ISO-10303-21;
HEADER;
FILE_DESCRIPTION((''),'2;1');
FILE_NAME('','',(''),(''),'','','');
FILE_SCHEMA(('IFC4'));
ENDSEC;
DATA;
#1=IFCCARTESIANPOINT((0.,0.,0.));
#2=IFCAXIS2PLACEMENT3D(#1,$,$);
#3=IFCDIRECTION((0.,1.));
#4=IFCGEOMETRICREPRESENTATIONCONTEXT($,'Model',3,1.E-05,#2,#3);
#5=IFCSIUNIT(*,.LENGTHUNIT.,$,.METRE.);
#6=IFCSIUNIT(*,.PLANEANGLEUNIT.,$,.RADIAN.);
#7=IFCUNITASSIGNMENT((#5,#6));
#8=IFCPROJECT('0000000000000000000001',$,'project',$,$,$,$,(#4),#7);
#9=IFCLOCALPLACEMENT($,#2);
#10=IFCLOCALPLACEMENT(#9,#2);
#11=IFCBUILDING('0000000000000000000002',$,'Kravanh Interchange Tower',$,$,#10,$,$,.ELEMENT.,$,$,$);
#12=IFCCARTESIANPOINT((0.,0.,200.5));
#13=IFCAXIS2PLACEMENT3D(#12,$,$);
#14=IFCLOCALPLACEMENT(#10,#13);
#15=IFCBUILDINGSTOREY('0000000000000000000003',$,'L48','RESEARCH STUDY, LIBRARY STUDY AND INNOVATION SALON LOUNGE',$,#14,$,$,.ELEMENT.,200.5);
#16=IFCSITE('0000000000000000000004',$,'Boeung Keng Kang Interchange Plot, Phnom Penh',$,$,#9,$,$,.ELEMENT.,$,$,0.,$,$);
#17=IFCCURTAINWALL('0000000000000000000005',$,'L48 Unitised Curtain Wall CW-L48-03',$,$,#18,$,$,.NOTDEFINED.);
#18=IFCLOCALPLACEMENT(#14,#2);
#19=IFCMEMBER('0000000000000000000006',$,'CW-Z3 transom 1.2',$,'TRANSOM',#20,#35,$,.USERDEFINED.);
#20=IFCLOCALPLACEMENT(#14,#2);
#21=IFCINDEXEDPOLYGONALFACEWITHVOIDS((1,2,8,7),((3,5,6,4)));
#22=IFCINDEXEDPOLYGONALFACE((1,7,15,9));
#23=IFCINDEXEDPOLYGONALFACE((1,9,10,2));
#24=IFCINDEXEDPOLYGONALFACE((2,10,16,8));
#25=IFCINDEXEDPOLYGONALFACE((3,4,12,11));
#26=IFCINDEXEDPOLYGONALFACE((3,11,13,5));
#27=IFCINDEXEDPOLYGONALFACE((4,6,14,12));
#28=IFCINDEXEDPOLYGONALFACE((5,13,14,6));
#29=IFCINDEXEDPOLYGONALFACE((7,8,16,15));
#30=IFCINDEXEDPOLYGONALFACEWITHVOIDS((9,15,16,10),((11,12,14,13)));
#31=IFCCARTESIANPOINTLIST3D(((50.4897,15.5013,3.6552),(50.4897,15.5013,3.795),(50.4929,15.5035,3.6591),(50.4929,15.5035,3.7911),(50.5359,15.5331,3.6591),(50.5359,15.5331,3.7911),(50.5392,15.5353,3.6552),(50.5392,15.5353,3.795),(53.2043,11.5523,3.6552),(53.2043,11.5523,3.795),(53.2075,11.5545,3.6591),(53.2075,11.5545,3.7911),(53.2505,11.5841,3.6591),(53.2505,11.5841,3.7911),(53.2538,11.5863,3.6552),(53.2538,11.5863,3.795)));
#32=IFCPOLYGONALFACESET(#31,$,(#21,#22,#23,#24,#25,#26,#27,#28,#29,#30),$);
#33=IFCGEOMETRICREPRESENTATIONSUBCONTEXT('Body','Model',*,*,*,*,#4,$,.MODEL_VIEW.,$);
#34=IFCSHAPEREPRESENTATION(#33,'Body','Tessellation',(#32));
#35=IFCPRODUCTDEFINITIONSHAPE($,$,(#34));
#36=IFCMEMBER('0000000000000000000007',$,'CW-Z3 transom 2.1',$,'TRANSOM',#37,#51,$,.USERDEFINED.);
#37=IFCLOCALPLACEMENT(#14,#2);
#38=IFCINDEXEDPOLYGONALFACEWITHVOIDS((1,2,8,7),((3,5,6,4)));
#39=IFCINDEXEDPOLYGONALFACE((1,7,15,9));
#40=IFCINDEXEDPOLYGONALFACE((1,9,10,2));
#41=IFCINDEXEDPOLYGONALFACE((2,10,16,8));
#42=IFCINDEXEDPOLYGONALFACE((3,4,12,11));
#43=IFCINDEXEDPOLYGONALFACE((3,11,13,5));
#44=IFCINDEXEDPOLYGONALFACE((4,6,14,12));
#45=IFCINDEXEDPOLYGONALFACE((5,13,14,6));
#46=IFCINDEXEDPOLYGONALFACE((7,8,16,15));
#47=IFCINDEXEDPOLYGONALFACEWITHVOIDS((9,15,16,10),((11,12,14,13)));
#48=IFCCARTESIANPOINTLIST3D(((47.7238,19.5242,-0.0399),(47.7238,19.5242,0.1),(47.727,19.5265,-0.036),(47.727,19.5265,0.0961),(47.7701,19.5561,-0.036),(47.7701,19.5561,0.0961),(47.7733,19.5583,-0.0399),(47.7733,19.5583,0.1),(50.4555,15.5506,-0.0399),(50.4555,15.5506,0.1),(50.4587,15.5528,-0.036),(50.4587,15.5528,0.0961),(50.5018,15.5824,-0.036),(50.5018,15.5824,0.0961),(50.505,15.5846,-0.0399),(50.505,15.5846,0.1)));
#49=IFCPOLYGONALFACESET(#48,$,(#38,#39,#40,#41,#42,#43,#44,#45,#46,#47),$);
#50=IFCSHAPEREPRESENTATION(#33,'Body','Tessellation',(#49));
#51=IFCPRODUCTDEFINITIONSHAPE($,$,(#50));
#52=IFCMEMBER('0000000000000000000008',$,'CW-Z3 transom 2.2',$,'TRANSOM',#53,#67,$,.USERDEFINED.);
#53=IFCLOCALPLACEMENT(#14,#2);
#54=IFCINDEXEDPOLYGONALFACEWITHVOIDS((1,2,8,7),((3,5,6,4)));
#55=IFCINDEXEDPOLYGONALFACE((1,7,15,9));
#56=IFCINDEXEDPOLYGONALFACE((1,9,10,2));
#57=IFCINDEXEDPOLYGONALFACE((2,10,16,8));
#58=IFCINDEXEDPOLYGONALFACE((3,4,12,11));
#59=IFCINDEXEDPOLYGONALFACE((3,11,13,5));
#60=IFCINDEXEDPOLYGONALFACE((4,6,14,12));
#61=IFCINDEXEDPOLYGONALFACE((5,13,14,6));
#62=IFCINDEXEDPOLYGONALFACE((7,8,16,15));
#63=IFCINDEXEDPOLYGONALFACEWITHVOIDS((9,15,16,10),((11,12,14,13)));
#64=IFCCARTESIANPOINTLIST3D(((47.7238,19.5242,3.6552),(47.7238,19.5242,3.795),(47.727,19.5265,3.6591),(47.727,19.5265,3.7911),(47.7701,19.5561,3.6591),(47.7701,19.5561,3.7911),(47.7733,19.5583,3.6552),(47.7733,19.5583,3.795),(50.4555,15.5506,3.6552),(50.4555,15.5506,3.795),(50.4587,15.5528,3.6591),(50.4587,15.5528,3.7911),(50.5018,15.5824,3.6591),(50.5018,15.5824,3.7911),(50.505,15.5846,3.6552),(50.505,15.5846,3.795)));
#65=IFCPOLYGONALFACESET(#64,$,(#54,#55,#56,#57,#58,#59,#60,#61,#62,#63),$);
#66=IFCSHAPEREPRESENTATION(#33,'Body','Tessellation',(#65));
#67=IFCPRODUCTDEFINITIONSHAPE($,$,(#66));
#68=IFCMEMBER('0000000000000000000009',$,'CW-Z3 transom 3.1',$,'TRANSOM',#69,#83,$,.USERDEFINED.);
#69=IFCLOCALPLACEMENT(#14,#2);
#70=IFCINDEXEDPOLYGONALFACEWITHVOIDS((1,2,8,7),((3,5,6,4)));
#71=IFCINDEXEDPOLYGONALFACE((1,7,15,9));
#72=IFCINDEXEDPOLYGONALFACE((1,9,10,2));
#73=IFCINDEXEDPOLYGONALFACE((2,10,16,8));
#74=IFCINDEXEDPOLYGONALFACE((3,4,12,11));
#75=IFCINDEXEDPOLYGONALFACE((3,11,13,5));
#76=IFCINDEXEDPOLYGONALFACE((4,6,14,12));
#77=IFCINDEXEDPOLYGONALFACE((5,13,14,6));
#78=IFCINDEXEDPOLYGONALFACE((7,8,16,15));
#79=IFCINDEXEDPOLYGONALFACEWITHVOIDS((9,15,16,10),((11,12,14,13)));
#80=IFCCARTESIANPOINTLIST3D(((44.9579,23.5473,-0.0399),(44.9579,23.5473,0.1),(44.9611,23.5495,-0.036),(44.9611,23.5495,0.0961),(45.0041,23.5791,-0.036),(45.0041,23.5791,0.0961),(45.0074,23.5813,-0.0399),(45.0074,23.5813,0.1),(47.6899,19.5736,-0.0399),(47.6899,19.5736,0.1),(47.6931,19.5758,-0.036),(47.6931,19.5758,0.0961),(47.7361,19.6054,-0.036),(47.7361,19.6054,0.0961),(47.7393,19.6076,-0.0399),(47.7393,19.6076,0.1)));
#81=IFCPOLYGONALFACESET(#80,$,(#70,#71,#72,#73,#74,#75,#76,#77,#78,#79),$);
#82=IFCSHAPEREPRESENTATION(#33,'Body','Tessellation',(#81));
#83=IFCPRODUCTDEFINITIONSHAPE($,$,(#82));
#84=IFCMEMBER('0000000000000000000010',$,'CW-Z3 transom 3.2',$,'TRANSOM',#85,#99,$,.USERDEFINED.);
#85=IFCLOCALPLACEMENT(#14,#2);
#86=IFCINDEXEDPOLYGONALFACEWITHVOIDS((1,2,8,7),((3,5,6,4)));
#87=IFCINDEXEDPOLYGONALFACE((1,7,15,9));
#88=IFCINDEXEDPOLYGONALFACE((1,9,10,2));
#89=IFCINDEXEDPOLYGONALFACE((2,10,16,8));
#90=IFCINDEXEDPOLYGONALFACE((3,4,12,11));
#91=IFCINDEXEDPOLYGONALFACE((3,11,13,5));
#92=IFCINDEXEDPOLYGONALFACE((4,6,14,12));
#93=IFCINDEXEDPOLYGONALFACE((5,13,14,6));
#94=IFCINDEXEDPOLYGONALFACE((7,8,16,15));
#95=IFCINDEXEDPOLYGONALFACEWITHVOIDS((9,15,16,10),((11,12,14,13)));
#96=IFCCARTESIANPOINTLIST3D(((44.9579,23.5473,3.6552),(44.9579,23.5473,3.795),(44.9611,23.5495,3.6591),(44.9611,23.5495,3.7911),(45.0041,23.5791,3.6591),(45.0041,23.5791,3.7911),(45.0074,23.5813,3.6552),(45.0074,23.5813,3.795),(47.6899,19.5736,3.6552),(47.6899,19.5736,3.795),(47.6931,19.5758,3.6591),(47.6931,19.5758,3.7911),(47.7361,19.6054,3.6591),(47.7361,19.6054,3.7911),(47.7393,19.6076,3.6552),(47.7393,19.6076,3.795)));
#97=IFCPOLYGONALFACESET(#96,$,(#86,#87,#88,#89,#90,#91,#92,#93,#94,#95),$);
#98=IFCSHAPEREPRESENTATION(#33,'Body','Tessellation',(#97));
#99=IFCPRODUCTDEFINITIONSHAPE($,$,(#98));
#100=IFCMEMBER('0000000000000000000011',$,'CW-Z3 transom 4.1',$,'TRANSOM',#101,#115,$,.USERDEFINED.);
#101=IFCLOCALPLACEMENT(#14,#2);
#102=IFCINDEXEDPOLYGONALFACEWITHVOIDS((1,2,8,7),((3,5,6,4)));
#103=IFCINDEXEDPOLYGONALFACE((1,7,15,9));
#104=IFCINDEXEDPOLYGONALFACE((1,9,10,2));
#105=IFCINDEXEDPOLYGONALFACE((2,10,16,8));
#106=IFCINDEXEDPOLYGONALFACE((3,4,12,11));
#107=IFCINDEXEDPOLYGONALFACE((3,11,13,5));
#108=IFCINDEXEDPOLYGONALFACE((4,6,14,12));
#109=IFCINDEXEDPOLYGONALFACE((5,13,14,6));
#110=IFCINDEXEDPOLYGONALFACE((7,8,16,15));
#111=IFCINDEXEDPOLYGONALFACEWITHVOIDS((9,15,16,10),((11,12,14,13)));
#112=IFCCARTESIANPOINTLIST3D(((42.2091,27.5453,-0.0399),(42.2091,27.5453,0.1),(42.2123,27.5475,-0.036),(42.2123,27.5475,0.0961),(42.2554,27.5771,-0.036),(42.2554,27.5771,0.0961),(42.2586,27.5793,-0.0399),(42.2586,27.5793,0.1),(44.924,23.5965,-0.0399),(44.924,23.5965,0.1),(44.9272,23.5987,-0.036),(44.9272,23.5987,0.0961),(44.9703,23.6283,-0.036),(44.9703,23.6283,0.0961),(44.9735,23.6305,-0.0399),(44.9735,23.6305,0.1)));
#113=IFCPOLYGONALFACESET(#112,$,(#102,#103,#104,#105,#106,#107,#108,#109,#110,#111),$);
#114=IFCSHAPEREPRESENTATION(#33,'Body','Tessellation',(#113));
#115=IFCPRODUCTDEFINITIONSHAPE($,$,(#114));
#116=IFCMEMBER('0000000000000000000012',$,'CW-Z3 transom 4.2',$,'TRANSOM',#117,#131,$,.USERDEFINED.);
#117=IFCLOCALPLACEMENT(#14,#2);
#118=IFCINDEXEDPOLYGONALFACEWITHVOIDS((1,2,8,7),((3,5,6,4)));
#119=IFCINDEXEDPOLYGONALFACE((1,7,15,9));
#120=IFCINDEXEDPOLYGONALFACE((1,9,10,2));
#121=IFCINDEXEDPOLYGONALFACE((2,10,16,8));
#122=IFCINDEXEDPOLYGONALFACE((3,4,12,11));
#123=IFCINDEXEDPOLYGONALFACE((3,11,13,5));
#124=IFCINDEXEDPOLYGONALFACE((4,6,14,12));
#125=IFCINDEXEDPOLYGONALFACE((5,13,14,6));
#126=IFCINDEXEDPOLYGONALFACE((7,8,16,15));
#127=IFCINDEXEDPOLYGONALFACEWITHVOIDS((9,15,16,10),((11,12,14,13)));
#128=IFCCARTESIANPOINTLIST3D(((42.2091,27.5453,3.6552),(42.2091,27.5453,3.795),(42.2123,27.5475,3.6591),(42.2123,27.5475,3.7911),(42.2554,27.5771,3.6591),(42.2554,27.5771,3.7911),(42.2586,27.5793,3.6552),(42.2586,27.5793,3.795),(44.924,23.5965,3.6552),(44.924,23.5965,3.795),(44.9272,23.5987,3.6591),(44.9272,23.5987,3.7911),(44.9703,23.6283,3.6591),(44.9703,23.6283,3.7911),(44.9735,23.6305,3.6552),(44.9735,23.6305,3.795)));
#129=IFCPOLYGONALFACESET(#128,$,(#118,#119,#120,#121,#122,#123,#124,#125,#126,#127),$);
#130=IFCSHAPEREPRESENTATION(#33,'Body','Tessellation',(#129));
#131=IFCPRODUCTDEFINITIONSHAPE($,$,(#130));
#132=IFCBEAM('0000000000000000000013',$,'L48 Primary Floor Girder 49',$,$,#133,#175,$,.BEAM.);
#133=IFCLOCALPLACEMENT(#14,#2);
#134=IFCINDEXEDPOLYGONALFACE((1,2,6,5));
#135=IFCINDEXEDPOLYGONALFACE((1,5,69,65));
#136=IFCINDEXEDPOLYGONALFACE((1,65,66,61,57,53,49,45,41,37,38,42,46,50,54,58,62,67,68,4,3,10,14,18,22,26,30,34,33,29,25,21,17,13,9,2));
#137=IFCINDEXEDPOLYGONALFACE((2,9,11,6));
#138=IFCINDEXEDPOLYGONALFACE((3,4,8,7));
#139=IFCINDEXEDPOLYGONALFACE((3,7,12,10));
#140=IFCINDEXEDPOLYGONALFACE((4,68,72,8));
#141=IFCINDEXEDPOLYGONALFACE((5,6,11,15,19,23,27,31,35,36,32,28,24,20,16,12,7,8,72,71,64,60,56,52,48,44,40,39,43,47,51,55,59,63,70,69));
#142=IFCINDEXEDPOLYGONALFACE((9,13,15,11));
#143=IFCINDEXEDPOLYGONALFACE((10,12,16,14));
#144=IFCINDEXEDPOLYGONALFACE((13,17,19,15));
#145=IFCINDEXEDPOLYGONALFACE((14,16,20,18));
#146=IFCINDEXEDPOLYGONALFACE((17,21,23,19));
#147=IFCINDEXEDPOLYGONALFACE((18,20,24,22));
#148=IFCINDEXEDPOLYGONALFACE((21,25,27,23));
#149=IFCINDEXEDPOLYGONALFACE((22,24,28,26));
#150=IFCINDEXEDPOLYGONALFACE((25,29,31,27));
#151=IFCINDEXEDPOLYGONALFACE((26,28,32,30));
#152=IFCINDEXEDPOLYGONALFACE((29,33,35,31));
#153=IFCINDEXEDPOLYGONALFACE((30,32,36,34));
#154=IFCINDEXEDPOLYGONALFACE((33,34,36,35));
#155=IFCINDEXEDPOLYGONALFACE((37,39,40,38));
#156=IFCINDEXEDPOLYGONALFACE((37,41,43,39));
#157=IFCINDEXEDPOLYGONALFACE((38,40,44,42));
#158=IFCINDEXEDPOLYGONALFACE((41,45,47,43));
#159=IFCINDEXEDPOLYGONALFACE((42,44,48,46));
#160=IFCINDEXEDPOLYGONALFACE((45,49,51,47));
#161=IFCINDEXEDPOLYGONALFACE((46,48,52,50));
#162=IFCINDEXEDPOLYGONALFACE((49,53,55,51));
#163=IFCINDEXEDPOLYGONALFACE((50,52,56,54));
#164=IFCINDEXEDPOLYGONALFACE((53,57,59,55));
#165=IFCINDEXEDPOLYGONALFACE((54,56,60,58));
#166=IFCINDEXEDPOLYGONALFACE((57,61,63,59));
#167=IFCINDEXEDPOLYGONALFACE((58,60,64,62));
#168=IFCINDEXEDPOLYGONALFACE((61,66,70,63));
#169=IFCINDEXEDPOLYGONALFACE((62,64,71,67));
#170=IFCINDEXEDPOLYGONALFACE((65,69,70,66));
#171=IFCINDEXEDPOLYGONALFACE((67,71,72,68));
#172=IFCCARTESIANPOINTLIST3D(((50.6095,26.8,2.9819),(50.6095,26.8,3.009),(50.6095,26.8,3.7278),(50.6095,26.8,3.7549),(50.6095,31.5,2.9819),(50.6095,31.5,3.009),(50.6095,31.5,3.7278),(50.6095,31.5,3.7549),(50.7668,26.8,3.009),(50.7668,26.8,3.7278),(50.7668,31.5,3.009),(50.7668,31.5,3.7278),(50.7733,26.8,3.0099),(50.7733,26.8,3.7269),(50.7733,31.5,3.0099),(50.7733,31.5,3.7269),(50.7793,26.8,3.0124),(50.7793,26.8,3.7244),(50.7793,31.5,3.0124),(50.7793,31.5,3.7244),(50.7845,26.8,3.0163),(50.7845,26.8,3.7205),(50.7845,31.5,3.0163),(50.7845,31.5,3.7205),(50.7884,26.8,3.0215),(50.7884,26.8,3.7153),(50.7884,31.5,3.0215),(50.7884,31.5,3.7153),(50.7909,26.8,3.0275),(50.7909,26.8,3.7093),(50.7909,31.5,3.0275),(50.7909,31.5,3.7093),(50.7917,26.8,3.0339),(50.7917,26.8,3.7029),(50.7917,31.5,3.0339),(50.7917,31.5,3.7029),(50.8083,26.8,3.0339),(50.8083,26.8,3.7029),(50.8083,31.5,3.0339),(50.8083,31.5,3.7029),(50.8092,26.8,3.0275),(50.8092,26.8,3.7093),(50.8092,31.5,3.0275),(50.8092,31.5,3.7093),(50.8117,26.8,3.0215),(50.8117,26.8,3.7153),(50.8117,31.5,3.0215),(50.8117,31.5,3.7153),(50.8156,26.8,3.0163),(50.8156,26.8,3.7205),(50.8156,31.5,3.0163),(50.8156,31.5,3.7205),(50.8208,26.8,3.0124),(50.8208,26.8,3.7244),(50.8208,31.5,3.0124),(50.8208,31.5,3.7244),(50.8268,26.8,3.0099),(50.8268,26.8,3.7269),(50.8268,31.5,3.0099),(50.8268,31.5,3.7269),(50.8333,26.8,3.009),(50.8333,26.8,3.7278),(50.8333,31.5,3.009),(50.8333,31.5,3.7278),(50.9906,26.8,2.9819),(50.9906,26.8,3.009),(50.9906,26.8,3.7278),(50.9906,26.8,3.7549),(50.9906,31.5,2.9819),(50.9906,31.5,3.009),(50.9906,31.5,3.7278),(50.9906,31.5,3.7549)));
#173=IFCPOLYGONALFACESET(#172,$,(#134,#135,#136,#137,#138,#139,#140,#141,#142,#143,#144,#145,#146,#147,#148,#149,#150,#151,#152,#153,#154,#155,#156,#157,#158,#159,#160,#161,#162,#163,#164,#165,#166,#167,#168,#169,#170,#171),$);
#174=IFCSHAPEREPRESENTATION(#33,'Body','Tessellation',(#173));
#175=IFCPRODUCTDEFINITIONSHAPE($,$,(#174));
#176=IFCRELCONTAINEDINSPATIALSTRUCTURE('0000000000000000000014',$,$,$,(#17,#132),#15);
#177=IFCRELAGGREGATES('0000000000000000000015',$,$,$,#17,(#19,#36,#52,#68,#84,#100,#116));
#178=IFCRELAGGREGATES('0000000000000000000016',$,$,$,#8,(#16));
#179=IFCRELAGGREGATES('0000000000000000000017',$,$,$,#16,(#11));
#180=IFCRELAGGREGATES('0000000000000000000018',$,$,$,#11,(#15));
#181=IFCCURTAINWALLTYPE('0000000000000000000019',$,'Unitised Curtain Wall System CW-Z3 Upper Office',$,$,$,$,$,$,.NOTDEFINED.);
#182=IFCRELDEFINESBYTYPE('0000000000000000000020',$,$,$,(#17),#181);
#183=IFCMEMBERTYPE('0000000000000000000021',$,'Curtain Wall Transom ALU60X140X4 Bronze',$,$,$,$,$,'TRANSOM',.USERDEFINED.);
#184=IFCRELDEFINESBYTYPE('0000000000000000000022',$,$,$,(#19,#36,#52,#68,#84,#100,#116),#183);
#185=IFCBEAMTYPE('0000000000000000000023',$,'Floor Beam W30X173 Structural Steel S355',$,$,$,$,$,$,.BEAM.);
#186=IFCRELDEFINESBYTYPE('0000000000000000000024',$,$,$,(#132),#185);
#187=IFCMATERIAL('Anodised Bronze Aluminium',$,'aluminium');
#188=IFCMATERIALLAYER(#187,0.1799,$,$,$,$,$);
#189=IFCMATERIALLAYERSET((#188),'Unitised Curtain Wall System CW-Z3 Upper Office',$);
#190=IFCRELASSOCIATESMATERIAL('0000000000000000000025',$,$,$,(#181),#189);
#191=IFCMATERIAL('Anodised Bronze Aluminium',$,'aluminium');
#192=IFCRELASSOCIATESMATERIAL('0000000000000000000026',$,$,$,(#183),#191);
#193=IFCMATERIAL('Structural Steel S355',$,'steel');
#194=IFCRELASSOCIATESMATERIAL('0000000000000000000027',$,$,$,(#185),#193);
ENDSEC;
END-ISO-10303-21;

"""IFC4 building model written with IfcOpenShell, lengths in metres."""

from ifc_helpers import new_model, si_unit, direction, frame, origin, origin_2d, place, context, subcontext, project, spatial, hollow_rectangle, i_section, extrude, material, layer, layer_set, material_profile, profile_set, type_object, element, aggregate, save


model = new_model("IFC4")

# Units and contexts
model_context = context("Model", 3, precision=1e-05, world=origin(), true_north=direction((0.0, 1.0)))
body_context = subcontext(model_context, "Body", "Model", "MODEL_VIEW")
ifc_project = project(units=[si_unit("LENGTHUNIT", "METRE"), si_unit("PLANEANGLEUNIT", "RADIAN")], contexts=[model_context])

# Site, building, storey
site_placement = place(None, origin())
site = spatial("IfcSite", under=ifc_project, at=site_placement, Name="Boeung Keng Kang Interchange Plot, Phnom Penh", CompositionType="ELEMENT", RefElevation=0.0)
building_placement = place(site_placement, origin())
building = spatial("IfcBuilding", under=site, at=building_placement, Name="Kravanh Interchange Tower", CompositionType="ELEMENT")
storey_placement = place(building_placement, frame((0.0, 0.0, 200.5)))
storey = spatial("IfcBuildingStorey", under=building, at=storey_placement, Name="L48", Description="RESEARCH STUDY, LIBRARY STUDY AND INNOVATION SALON LOUNGE", CompositionType="ELEMENT", Elevation=200.5)

# Shared definitions
ifc_material_1 = material(Name="Anodised Bronze Aluminium", Category="aluminium")
ifc_layer_1 = layer(ifc_material_1, 0.1799)
ifc_layer_set_1 = layer_set([ifc_layer_1], Name="Unitised Curtain Wall System CW-Z3 Upper Office")
curtain_wall_type = type_object("IfcCurtainWallType", Name="Unitised Curtain Wall System CW-Z3 Upper Office", PredefinedType="NOTDEFINED", material=ifc_layer_set_1)

# Curtain wall
curtain_wall_1_placement = place(storey_placement, origin())
curtain_wall_1 = element("IfcCurtainWall", 1, at=curtain_wall_1_placement, inside=storey, type_object=curtain_wall_type, Name="L48 Unitised Curtain Wall CW-L48-03", PredefinedType="NOTDEFINED")

# Members
ifc_material_2 = material(Name="Anodised Bronze Aluminium", Category="aluminium")
ifc_material_profile_1 = material_profile(ifc_material_2, hollow_rectangle(XDim=0.0601, YDim=0.1399, WallThickness=0.0039, at=origin_2d()), Name="ALU60X140X4")
ifc_profile_set_1 = profile_set([ifc_material_profile_1], Name="Anodised Bronze Aluminium")
member_type_1 = type_object("IfcMemberType", Name="Curtain Wall Transom ALU60X140X4 Bronze", ElementType="TRANSOM", PredefinedType="USERDEFINED", material=ifc_profile_set_1)
member_1_placement = place(storey_placement, frame((53.229, 11.5693, 3.7251), z_axis=(-0.566483, 0.824073, 0.0), x_axis=(-0.824073, -0.566483, 0.0)))
member_1 = element("IfcMember", 2, at=member_1_placement, type_object=member_type_1, Name="CW-Z3 transom 1.2", ObjectType="TRANSOM", PredefinedType="USERDEFINED", context=body_context, shape_type="SweptSolid", body=[
    extrude(hollow_rectangle(XDim=0.0601, YDim=0.1399, WallThickness=0.0039, at=origin_2d()), origin(), (0.0, 0.0, 1.0), 4.792),
])
member_2_placement = place(storey_placement, frame((50.4802, 15.5676, 0.03), z_axis=(-0.566503, 0.82406, 0.0), x_axis=(-0.82406, -0.566503, 0.0)))
member_2 = element("IfcMember", 3, at=member_2_placement, type_object=member_type_1, Name="CW-Z3 transom 2.1", ObjectType="TRANSOM", PredefinedType="USERDEFINED", context=body_context, shape_type="SweptSolid", body=[
    extrude(hollow_rectangle(XDim=0.0601, YDim=0.1399, WallThickness=0.0039, at=origin_2d()), origin(), (0.0, 0.0, 1.0), 4.822),
])
member_3_placement = place(storey_placement, frame((50.4802, 15.5676, 3.7251), z_axis=(-0.566503, 0.82406, 0.0), x_axis=(-0.82406, -0.566503, 0.0)))
member_3 = element("IfcMember", 4, at=member_3_placement, type_object=member_type_1, Name="CW-Z3 transom 2.2", ObjectType="TRANSOM", PredefinedType="USERDEFINED", context=body_context, shape_type="SweptSolid", body=[
    extrude(hollow_rectangle(XDim=0.0601, YDim=0.1399, WallThickness=0.0039, at=origin_2d()), origin(), (0.0, 0.0, 1.0), 4.822),
])
member_4_placement = place(storey_placement, frame((47.7146, 19.5906, 0.03), z_axis=(-0.566537, 0.824036, 0.0), x_axis=(-0.824036, -0.566537, 0.0)))
member_4 = element("IfcMember", 5, at=member_4_placement, type_object=member_type_1, Name="CW-Z3 transom 3.1", ObjectType="TRANSOM", PredefinedType="USERDEFINED", context=body_context, shape_type="SweptSolid", body=[
    extrude(hollow_rectangle(XDim=0.0601, YDim=0.1399, WallThickness=0.0039, at=origin_2d()), origin(), (0.0, 0.0, 1.0), 4.8223),
])
member_5_placement = place(storey_placement, frame((47.7146, 19.5906, 3.7251), z_axis=(-0.566537, 0.824036, 0.0), x_axis=(-0.824036, -0.566537, 0.0)))
member_5 = element("IfcMember", 6, at=member_5_placement, type_object=member_type_1, Name="CW-Z3 transom 3.2", ObjectType="TRANSOM", PredefinedType="USERDEFINED", context=body_context, shape_type="SweptSolid", body=[
    extrude(hollow_rectangle(XDim=0.0601, YDim=0.1399, WallThickness=0.0039, at=origin_2d()), origin(), (0.0, 0.0, 1.0), 4.8223),
])
member_6_placement = place(storey_placement, frame((44.9487, 23.6135, 0.03), z_axis=(-0.566542, 0.824033, 0.0), x_axis=(-0.824033, -0.566542, 0.0)))
member_6 = element("IfcMember", 7, at=member_6_placement, type_object=member_type_1, Name="CW-Z3 transom 4.1", ObjectType="TRANSOM", PredefinedType="USERDEFINED", context=body_context, shape_type="SweptSolid", body=[
    extrude(hollow_rectangle(XDim=0.0601, YDim=0.1399, WallThickness=0.0039, at=origin_2d()), origin(), (0.0, 0.0, 1.0), 4.792),
])
member_7_placement = place(storey_placement, frame((44.9487, 23.6135, 3.7251), z_axis=(-0.566542, 0.824033, 0.0), x_axis=(-0.824033, -0.566542, 0.0)))
member_7 = element("IfcMember", 8, at=member_7_placement, type_object=member_type_1, Name="CW-Z3 transom 4.2", ObjectType="TRANSOM", PredefinedType="USERDEFINED", context=body_context, shape_type="SweptSolid", body=[
    extrude(hollow_rectangle(XDim=0.0601, YDim=0.1399, WallThickness=0.0039, at=origin_2d()), origin(), (0.0, 0.0, 1.0), 4.792),
])

# Beam
ifc_material_3 = material(Name="Structural Steel S355", Category="steel")
ifc_material_profile_2 = material_profile(ifc_material_3, i_section(OverallWidth=0.3811, OverallDepth=0.7729, WebThickness=0.0166, FlangeThickness=0.0271, FilletRadius=0.0249, at=origin_2d()), Name="W30X173")
ifc_profile_set_2 = profile_set([ifc_material_profile_2], Name="Structural Steel S355")
beam_type_1 = type_object("IfcBeamType", Name="Floor Beam W30X173 Structural Steel S355", PredefinedType="BEAM", material=ifc_profile_set_2)
beam_1_placement = place(storey_placement, frame((50.8, 26.8, 3.3684), z_axis=(0.0, 1.0, 0.0), x_axis=(-1.0, 0.0, 0.0)))
element("IfcBeam", 9, at=beam_1_placement, inside=storey, type_object=beam_type_1, Name="L48 Primary Floor Girder 49", PredefinedType="BEAM", context=body_context, shape_type="SweptSolid", body=[
    extrude(i_section(OverallWidth=0.3811, OverallDepth=0.7729, WebThickness=0.0166, FlangeThickness=0.0271, FilletRadius=0.0249, at=origin_2d()), origin(), (0.0, 0.0, 1.0), 4.7),
])

aggregate(curtain_wall_1, [member_1, member_2, member_3, member_4, member_5, member_6, member_7])

save(model, "model.ifc")
